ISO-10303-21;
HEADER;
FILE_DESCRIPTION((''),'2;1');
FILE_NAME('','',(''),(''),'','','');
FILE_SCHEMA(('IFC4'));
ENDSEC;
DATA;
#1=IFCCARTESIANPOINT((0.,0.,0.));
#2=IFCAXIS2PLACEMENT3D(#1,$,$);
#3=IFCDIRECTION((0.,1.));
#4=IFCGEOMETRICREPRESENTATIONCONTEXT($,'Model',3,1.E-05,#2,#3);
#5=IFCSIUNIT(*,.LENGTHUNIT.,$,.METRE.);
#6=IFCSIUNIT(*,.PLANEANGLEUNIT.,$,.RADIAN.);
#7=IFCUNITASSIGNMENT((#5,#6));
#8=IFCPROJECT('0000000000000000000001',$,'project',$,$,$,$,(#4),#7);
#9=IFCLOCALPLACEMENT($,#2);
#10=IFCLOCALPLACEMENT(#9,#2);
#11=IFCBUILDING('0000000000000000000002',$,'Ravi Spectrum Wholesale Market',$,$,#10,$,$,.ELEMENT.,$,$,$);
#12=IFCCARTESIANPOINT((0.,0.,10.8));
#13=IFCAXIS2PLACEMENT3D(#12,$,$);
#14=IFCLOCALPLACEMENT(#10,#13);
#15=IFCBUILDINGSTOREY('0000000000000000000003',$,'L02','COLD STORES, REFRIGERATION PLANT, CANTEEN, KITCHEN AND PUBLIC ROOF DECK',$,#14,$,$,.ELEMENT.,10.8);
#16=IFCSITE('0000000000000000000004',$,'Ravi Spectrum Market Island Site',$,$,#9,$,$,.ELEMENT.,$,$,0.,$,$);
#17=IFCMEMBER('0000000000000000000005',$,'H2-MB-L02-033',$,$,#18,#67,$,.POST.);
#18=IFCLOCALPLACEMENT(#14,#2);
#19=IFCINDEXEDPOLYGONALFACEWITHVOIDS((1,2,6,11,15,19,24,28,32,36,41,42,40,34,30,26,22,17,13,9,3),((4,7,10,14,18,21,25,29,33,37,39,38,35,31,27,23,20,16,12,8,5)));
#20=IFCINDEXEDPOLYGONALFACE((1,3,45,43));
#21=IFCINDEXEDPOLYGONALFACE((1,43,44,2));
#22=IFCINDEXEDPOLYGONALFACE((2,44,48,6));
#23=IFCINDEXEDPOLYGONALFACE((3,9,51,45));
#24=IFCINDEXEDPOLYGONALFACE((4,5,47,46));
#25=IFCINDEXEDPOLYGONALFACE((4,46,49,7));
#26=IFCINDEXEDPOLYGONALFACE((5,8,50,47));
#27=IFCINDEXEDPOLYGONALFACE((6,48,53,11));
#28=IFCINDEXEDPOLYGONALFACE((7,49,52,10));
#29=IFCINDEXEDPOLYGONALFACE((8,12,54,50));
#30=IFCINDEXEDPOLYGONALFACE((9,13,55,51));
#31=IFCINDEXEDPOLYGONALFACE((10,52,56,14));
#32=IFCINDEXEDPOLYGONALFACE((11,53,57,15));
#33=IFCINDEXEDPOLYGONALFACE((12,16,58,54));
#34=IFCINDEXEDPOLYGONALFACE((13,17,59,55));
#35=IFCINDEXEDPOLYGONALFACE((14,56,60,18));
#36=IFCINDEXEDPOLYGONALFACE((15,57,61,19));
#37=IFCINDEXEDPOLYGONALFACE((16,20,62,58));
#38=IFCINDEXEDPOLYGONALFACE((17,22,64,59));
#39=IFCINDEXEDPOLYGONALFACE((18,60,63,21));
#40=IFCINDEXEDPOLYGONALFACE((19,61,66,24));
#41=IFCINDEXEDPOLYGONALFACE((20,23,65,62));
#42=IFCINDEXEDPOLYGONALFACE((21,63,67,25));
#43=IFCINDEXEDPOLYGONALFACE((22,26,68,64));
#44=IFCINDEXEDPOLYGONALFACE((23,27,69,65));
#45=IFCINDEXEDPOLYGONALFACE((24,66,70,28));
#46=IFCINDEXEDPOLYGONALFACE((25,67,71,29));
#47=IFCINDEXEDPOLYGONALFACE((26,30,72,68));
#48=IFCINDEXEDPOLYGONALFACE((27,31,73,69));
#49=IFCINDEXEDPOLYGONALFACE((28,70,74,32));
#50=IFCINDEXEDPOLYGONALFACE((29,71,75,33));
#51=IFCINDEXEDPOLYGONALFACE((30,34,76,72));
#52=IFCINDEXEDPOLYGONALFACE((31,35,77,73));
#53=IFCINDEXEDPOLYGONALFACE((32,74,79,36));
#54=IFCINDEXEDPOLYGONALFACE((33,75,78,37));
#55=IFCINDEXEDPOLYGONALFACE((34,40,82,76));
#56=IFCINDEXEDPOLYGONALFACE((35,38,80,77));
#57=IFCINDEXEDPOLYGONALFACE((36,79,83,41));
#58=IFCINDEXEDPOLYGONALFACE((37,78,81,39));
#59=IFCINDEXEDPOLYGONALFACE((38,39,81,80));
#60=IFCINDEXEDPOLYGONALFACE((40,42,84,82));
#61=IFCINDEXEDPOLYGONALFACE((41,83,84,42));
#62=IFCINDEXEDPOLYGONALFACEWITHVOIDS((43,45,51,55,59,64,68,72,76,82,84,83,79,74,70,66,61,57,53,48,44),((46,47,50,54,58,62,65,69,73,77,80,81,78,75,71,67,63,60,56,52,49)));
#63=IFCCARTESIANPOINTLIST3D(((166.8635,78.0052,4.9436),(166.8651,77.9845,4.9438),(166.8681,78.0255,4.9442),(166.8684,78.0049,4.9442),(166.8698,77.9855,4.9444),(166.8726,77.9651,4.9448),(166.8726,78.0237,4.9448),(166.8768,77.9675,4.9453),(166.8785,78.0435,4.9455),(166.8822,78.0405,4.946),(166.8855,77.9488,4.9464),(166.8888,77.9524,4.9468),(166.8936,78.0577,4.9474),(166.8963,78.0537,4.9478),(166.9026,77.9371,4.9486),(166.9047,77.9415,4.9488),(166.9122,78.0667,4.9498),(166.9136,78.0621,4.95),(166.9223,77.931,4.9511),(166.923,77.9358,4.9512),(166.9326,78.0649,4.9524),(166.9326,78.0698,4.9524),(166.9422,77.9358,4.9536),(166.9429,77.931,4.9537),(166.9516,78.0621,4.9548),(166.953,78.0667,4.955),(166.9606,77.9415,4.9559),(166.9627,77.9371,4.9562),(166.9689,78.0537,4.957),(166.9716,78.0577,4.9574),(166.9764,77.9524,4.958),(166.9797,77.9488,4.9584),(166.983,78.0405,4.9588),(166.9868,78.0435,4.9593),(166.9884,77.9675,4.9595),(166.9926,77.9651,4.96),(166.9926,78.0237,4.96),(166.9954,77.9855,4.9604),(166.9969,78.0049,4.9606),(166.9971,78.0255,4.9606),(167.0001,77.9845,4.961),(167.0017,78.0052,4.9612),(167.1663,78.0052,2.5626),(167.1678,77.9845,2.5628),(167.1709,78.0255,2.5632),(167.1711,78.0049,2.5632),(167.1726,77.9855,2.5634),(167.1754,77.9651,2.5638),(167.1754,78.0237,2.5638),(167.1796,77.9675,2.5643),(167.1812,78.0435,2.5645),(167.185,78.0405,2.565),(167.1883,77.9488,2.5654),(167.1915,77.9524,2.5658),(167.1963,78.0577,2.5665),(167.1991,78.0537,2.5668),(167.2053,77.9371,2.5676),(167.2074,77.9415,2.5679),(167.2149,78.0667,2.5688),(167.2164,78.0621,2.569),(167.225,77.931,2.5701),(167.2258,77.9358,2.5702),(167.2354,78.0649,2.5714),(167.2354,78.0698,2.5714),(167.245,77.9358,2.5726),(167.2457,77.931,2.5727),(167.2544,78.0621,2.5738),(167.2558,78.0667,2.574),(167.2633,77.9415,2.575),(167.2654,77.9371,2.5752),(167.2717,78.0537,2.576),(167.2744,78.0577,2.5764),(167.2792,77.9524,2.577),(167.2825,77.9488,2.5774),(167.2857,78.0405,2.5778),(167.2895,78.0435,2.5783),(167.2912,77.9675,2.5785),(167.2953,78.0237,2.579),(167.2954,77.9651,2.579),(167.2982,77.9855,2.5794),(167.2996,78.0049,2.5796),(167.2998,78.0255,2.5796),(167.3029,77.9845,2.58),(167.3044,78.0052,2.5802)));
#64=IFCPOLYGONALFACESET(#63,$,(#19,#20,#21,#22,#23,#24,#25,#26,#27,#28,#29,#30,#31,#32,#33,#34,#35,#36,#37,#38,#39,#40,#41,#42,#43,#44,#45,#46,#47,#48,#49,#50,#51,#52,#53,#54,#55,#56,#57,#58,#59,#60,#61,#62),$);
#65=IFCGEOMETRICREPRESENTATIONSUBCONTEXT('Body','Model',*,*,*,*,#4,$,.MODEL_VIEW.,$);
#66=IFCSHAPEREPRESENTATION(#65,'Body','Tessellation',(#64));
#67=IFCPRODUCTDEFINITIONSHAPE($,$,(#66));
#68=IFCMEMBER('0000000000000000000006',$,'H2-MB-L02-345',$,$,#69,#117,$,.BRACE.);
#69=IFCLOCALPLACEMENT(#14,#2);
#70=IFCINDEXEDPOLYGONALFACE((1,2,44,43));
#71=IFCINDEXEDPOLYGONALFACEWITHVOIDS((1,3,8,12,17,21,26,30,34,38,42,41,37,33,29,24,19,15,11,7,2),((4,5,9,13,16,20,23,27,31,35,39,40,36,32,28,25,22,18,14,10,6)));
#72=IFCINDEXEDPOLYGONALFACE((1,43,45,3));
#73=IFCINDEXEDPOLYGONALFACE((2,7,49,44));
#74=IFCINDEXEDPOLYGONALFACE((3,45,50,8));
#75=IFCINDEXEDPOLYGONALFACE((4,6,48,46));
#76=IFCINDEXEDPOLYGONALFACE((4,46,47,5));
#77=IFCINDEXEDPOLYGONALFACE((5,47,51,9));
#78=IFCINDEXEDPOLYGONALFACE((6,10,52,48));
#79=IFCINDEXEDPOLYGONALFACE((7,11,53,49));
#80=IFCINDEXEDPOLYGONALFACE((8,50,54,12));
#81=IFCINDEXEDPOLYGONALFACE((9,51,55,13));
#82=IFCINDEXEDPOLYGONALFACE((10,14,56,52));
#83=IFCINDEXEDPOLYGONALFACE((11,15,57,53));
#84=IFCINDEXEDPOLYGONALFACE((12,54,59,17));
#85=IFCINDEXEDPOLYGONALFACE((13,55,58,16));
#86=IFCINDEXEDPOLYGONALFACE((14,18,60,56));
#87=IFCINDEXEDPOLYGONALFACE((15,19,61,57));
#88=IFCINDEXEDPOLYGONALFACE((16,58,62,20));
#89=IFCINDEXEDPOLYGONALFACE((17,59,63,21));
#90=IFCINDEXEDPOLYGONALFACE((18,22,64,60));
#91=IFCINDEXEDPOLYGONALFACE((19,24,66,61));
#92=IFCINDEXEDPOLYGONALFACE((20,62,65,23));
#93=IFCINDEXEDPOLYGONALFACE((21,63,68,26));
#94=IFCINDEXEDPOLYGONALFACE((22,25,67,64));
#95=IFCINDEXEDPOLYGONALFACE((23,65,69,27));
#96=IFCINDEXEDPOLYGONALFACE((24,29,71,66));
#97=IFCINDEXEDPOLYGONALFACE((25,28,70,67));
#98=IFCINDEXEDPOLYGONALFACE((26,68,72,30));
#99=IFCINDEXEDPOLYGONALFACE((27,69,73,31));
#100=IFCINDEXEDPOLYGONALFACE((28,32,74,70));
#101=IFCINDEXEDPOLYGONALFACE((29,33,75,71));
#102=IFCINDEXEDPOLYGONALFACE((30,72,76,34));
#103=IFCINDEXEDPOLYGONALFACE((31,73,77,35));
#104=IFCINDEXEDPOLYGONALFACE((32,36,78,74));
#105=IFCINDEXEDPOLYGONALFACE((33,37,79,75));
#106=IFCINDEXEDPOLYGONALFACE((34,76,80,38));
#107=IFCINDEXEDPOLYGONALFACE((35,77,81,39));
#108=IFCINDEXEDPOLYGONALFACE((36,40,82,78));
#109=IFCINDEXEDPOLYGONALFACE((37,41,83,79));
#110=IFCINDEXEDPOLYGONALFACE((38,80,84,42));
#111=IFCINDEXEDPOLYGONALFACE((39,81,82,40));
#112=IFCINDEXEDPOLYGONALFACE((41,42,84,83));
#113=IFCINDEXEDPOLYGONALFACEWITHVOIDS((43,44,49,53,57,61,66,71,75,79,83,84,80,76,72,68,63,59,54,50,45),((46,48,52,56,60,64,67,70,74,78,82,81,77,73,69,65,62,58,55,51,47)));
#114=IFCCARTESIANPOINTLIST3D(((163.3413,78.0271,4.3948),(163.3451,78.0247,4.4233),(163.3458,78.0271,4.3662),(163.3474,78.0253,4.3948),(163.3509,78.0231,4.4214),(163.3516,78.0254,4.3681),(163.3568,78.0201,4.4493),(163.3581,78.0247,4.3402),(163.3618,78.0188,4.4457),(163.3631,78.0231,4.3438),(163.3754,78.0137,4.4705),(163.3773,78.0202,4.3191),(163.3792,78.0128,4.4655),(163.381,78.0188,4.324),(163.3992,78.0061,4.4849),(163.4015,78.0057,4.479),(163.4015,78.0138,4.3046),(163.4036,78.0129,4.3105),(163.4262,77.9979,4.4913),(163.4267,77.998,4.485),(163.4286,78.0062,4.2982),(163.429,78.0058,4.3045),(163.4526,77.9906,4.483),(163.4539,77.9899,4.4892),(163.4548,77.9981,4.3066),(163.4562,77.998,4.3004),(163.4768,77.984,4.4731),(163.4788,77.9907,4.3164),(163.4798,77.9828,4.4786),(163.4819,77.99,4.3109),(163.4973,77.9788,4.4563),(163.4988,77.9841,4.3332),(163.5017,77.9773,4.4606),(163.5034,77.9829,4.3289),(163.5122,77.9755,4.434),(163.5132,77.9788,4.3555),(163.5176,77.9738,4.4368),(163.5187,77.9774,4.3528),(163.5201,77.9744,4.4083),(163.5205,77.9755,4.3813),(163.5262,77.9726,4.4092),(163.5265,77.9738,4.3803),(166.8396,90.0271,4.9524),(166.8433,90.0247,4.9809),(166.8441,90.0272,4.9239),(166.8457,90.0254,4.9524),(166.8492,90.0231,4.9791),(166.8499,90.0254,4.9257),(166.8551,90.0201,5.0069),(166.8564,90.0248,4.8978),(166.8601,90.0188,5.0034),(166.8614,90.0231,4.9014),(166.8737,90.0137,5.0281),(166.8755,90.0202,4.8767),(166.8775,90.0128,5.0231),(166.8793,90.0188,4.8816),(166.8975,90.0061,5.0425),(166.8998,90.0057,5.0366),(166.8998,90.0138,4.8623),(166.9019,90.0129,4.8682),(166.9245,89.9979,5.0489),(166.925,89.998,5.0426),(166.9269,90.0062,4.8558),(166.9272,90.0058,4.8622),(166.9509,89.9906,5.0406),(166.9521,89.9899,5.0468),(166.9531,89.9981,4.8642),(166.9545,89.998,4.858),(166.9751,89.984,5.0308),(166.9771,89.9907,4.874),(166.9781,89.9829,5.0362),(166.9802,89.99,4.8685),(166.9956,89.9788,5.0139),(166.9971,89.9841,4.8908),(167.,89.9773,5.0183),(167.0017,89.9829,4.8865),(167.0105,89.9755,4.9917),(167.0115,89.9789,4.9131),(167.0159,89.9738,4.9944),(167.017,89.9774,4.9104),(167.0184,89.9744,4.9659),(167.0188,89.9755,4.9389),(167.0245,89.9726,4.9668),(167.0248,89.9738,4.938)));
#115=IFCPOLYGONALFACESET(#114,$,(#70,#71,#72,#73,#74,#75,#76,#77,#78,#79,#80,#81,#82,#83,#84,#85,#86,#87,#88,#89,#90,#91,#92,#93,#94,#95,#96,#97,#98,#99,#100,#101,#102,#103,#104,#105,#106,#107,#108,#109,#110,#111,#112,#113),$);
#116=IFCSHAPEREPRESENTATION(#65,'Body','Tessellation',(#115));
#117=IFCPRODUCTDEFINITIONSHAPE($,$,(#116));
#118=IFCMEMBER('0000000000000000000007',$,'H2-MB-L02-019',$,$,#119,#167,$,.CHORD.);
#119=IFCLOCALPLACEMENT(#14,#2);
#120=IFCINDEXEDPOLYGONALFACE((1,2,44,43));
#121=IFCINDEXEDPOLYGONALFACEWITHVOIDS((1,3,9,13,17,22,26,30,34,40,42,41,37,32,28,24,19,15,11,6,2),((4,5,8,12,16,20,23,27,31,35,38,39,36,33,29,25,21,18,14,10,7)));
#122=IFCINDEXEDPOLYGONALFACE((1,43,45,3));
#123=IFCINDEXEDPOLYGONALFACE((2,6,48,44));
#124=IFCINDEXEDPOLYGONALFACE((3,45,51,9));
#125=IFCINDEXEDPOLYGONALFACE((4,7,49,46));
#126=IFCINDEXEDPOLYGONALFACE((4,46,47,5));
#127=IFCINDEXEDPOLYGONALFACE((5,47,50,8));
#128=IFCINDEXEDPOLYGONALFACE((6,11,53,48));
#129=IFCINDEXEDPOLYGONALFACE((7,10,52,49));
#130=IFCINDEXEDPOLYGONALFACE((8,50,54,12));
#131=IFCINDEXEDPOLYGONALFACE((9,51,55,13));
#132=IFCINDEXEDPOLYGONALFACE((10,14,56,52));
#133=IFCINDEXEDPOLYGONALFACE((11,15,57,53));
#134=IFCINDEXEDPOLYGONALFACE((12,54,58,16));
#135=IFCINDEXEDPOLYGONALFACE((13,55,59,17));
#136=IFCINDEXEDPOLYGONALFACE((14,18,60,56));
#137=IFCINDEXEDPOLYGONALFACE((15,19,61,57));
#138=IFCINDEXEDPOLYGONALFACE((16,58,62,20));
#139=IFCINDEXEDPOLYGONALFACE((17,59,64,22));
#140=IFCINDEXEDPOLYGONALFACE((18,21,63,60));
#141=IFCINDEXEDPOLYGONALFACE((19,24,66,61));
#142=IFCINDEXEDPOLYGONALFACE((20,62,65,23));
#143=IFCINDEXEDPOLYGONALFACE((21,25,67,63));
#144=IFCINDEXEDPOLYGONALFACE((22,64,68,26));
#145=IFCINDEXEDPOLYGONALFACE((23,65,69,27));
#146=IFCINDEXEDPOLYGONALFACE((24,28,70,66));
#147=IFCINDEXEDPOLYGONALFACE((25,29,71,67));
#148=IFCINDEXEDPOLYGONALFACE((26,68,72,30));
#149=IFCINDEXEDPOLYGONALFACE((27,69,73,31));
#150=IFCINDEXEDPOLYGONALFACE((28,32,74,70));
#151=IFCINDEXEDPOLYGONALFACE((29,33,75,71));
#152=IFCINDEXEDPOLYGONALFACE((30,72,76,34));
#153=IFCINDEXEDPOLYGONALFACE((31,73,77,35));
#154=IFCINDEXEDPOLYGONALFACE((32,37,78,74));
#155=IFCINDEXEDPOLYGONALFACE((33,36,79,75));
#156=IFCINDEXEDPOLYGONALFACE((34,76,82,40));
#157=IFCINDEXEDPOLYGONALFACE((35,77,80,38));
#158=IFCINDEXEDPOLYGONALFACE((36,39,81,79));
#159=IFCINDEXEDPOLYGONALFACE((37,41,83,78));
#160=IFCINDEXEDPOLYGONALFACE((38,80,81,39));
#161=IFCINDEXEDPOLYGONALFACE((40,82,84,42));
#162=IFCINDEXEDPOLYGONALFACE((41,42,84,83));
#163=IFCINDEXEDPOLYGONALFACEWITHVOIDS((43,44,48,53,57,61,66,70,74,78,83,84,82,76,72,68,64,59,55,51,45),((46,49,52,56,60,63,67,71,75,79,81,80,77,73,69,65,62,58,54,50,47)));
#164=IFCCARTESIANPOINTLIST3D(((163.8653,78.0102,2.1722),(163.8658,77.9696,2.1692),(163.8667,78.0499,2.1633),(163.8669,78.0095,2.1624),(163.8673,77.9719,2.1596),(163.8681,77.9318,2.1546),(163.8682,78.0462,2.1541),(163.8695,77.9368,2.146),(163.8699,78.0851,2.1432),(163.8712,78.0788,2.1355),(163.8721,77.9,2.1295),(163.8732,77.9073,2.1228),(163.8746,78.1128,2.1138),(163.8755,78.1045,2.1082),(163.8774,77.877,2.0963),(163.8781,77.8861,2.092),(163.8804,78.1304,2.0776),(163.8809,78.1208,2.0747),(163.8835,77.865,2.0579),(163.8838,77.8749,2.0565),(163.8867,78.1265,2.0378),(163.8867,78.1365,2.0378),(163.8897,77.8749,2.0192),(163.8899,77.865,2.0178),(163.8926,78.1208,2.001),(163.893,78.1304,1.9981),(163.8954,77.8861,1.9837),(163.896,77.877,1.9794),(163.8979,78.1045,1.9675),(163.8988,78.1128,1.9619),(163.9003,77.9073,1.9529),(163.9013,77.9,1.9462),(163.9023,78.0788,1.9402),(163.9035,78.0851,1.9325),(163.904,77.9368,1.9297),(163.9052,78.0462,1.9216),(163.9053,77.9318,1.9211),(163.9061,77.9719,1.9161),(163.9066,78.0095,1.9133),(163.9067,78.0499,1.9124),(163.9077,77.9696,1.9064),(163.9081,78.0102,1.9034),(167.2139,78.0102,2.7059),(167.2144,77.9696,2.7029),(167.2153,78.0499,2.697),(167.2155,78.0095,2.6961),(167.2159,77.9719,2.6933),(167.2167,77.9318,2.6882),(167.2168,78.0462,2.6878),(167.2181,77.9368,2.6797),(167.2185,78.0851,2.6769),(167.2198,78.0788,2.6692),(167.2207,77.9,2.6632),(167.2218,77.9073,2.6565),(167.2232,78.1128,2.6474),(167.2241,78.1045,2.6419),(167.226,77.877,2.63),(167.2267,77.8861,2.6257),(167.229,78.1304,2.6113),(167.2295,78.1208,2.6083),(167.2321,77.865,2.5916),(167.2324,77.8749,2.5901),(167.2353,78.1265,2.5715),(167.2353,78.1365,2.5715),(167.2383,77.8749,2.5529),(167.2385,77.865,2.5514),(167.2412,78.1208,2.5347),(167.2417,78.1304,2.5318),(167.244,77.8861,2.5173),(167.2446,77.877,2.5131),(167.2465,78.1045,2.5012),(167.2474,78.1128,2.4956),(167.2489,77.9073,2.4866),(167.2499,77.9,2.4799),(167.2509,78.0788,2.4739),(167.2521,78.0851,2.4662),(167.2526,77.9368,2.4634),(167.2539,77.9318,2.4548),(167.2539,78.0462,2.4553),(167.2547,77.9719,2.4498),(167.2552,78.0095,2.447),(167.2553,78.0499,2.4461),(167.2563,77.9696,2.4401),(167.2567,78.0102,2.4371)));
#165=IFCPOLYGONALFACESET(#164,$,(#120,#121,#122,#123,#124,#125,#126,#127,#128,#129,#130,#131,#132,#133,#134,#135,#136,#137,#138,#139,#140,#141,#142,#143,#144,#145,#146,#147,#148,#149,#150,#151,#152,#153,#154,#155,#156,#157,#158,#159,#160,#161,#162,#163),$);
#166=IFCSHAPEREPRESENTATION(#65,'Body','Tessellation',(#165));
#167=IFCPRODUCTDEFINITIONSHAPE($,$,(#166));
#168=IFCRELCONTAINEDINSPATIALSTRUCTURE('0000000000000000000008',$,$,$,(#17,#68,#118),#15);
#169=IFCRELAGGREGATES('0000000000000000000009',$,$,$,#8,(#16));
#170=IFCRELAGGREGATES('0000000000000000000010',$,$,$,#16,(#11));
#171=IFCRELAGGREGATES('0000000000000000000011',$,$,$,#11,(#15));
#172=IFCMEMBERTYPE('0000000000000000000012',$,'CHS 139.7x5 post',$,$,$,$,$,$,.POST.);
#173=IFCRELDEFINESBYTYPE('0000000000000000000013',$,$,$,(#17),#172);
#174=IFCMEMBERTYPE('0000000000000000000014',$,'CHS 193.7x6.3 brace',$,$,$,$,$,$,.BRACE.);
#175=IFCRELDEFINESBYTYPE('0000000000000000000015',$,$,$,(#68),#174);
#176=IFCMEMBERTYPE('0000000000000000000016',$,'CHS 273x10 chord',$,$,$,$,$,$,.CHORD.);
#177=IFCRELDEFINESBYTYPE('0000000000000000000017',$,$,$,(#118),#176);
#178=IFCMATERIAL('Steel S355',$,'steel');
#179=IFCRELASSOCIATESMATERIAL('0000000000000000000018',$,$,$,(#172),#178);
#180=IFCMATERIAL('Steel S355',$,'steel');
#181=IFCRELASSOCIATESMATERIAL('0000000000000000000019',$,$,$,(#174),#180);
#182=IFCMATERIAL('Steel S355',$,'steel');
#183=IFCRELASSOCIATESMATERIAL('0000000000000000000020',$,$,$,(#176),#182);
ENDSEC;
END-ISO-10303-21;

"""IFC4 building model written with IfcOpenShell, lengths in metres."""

from ifc_helpers import new_model, si_unit, direction, frame, origin, origin_2d, place, context, subcontext, project, spatial, hollow_circle, extrude, material, material_profile, profile_set, type_object, element, save


model = new_model("IFC4")

# Units and contexts
model_context = context("Model", 3, precision=1e-05, world=origin(), true_north=direction((0.0, 1.0)))
body_context = subcontext(model_context, "Body", "Model", "MODEL_VIEW")
ifc_project = project(units=[si_unit("LENGTHUNIT", "METRE"), si_unit("PLANEANGLEUNIT", "RADIAN")], contexts=[model_context])

# Site, building, storey
site_placement = place(None, origin())
site = spatial("IfcSite", under=ifc_project, at=site_placement, Name="Ravi Spectrum Market Island Site", CompositionType="ELEMENT", RefElevation=0.0)
building_placement = place(site_placement, origin())
building = spatial("IfcBuilding", under=site, at=building_placement, Name="Ravi Spectrum Wholesale Market", CompositionType="ELEMENT")
storey_placement = place(building_placement, frame((0.0, 0.0, 10.8)))
storey = spatial("IfcBuildingStorey", under=building, at=storey_placement, Name="L02", Description="COLD STORES, REFRIGERATION PLANT, CANTEEN, KITCHEN AND PUBLIC ROOF DECK", CompositionType="ELEMENT", Elevation=10.8)

# Members
ifc_material_1 = material(Name="Steel S355", Category="steel")
ifc_material_profile_1 = material_profile(ifc_material_1, hollow_circle(Radius=0.0698, WallThickness=0.0049, at=origin_2d()))
ifc_profile_set_1 = profile_set([ifc_material_profile_1], Name="Steel S355")
member_type_1 = type_object("IfcMemberType", Name="CHS 139.7x5 post", PredefinedType="POST", material=ifc_profile_set_1)
member_1_placement = place(storey_placement, frame((166.9326, 78.0, 4.9524), z_axis=(0.126138, 0.0, -0.992013), x_axis=(0.0, 1.0, 0.0)))
element("IfcMember", 1, at=member_1_placement, inside=storey, type_object=member_type_1, Name="H2-MB-L02-033", PredefinedType="POST", context=body_context, shape_type="SweptSolid", body=[
    extrude(hollow_circle(Radius=0.0698, WallThickness=0.0049, at=origin_2d()), origin(), (0.0, 0.0, 1.0), 2.4001),
])
ifc_material_2 = material(Name="Steel S355", Category="steel")
ifc_material_profile_2 = material_profile(ifc_material_2, hollow_circle(Radius=0.0969, WallThickness=0.0063, at=origin_2d()))
ifc_profile_set_2 = profile_set([ifc_material_profile_2], Name="Steel S355")
member_type_2 = type_object("IfcMemberType", Name="CHS 193.7x6.3 brace", PredefinedType="BRACE", material=ifc_profile_set_2)
member_2_placement = place(storey_placement, frame((163.4343, 78.0, 4.3948), z_axis=(0.279596, 0.959083, 0.044567), x_axis=(-0.960037, 0.279874, 0.0)))
element("IfcMember", 2, at=member_2_placement, inside=storey, type_object=member_type_2, Name="H2-MB-L02-345", PredefinedType="BRACE", context=body_context, shape_type="SweptSolid", body=[
    extrude(hollow_circle(Radius=0.0969, WallThickness=0.0063, at=origin_2d()), origin(), (0.0, 0.0, 1.0), 12.512),
])
ifc_material_3 = material(Name="Steel S355", Category="steel")
ifc_material_profile_3 = material_profile(ifc_material_3, hollow_circle(Radius=0.1365, WallThickness=0.01, at=origin_2d()))
ifc_profile_set_3 = profile_set([ifc_material_profile_3], Name="Steel S355")
member_type_3 = type_object("IfcMemberType", Name="CHS 273x10 chord", PredefinedType="CHORD", material=ifc_profile_set_3)
member_3_placement = place(storey_placement, frame((163.8867, 78.0, 2.0378), z_axis=(0.987537, 0.0, 0.15739), x_axis=(0.0, 1.0, 0.0)))
element("IfcMember", 3, at=member_3_placement, inside=storey, type_object=member_type_3, Name="H2-MB-L02-019", PredefinedType="CHORD", context=body_context, shape_type="SweptSolid", body=[
    extrude(hollow_circle(Radius=0.1365, WallThickness=0.01, at=origin_2d()), origin(), (0.0, 0.0, 1.0), 3.3909),
])

save(model, "model.ifc")
